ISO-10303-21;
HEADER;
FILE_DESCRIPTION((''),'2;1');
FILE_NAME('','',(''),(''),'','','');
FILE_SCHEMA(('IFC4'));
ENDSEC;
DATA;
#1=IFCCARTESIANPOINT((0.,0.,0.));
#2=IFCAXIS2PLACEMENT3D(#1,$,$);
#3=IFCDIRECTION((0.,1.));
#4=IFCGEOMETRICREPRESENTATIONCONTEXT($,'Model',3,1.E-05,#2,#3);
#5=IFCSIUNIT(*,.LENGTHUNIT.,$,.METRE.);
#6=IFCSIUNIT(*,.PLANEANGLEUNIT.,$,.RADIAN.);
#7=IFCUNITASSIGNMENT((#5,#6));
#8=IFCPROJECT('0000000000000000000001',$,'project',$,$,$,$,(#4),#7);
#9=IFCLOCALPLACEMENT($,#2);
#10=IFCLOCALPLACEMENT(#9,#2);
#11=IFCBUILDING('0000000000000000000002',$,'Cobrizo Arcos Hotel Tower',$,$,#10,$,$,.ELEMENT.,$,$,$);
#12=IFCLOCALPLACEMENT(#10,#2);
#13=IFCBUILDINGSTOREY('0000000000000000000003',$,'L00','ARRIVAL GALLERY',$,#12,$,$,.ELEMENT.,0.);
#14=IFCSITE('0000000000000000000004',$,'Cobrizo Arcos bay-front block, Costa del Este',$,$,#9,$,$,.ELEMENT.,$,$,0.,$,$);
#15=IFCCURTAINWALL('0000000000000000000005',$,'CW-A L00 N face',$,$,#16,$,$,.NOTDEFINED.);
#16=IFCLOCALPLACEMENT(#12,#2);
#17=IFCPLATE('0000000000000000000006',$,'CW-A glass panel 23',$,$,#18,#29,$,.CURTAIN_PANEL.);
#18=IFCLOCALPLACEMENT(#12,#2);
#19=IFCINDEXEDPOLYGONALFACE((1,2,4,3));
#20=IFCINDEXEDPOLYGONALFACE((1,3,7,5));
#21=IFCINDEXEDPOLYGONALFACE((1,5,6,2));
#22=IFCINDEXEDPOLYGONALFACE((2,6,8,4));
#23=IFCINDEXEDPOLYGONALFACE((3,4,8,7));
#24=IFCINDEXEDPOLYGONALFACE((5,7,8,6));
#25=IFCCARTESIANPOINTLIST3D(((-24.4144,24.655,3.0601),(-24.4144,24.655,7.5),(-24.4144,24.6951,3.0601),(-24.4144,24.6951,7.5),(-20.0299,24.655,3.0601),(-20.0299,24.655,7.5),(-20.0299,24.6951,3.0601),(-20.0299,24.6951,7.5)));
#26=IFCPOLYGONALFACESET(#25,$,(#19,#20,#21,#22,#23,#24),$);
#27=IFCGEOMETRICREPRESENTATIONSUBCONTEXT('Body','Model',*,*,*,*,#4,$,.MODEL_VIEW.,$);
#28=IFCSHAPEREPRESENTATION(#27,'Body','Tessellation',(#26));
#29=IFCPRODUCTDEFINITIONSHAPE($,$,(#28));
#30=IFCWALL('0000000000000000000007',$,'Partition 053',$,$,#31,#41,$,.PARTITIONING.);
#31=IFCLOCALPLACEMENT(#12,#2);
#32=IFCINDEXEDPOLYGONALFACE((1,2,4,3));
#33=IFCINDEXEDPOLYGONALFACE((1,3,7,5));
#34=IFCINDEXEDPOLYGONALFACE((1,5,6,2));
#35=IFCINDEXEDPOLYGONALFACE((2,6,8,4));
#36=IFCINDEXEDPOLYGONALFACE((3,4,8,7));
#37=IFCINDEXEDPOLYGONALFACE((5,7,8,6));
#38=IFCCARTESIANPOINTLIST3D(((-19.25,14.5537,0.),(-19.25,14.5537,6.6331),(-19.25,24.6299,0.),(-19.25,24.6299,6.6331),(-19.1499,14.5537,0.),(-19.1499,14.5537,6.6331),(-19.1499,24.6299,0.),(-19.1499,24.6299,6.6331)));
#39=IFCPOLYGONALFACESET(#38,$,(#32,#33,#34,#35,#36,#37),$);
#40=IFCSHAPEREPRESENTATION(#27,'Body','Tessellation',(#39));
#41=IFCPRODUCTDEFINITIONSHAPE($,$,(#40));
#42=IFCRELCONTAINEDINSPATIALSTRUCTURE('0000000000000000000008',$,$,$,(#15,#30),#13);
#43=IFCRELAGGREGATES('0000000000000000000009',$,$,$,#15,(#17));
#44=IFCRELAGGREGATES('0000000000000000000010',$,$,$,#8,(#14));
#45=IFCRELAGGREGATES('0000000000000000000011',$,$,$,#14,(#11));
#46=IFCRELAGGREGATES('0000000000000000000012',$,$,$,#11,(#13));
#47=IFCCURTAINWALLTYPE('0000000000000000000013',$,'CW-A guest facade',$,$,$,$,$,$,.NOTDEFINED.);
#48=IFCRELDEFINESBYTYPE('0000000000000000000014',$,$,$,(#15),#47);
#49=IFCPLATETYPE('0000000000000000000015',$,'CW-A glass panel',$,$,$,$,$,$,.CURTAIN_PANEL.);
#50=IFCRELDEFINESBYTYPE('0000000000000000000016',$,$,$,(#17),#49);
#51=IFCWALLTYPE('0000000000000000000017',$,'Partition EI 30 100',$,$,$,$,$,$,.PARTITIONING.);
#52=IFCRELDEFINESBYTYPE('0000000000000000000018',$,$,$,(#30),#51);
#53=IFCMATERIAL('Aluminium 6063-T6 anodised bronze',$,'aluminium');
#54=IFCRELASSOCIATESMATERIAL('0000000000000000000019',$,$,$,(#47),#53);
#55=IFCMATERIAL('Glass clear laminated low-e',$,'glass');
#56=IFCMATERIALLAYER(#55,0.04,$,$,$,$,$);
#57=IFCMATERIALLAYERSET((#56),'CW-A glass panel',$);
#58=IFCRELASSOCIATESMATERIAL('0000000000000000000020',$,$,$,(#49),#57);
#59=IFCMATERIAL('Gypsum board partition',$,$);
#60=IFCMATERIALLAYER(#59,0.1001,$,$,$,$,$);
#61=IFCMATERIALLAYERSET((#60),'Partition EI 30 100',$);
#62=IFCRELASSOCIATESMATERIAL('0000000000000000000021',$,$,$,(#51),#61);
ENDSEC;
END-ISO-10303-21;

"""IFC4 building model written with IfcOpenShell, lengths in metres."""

from ifc_helpers import new_model, si_unit, direction, frame, frame_2d, origin, origin_2d, place, context, subcontext, project, spatial, rectangle, extrude, material, layer, layer_set, type_object, element, aggregate, save


model = new_model("IFC4")

# Units and contexts
model_context = context("Model", 3, precision=1e-05, world=origin(), true_north=direction((0.0, 1.0)))
body_context = subcontext(model_context, "Body", "Model", "MODEL_VIEW")
ifc_project = project(units=[si_unit("LENGTHUNIT", "METRE"), si_unit("PLANEANGLEUNIT", "RADIAN")], contexts=[model_context])

# Site, building, storey
site_placement = place(None, origin())
site = spatial("IfcSite", under=ifc_project, at=site_placement, Name="Cobrizo Arcos bay-front block, Costa del Este", CompositionType="ELEMENT", RefElevation=0.0)
building_placement = place(site_placement, origin())
building = spatial("IfcBuilding", under=site, at=building_placement, Name="Cobrizo Arcos Hotel Tower", CompositionType="ELEMENT")
storey_placement = place(building_placement, origin())
storey = spatial("IfcBuildingStorey", under=building, at=storey_placement, Name="L00", Description="ARRIVAL GALLERY", CompositionType="ELEMENT", Elevation=0.0)

# Curtain wall
ifc_material_1 = material(Name="Aluminium 6063-T6 anodised bronze", Category="aluminium")
curtain_wall_type = type_object("IfcCurtainWallType", Name="CW-A guest facade", PredefinedType="NOTDEFINED", material=ifc_material_1)
curtain_wall_placement = place(storey_placement, origin())
curtain_wall = element("IfcCurtainWall", 1, at=curtain_wall_placement, inside=storey, type_object=curtain_wall_type, Name="CW-A L00 N face", PredefinedType="NOTDEFINED")

# Plate
ifc_material_2 = material(Name="Glass clear laminated low-e", Category="glass")
ifc_layer_1 = layer(ifc_material_2, 0.04)
ifc_layer_set_1 = layer_set([ifc_layer_1], Name="CW-A glass panel")
plate_type = type_object("IfcPlateType", Name="CW-A glass panel", PredefinedType="CURTAIN_PANEL", material=ifc_layer_set_1)
plate_1_placement = place(storey_placement, frame((-22.2222, 24.675, 3.0601), z_axis=(0.0, 0.0, 1.0), x_axis=(-1.0, 0.0, 0.0)))
plate_1 = element("IfcPlate", 2, at=plate_1_placement, type_object=plate_type, Name="CW-A glass panel 23", PredefinedType="CURTAIN_PANEL", context=body_context, shape_type="SweptSolid", body=[
    extrude(rectangle(XDim=4.3845, YDim=0.04, at=origin_2d()), origin(), (0.0, 0.0, 1.0), 4.4399),
])
aggregate(curtain_wall, [plate_1])

# Wall
ifc_material_3 = material(Name="Gypsum board partition")
ifc_layer_2 = layer(ifc_material_3, 0.1001)
ifc_layer_set_2 = layer_set([ifc_layer_2], Name="Partition EI 30 100")
wall_type = type_object("IfcWallType", Name="Partition EI 30 100", PredefinedType="PARTITIONING", material=ifc_layer_set_2)
wall_placement = place(storey_placement, frame((-19.2, 14.5537, 0.0), z_axis=(0.0, 0.0, 1.0), x_axis=(0.0, 1.0, 0.0)))
element("IfcWall", 3, at=wall_placement, inside=storey, type_object=wall_type, Name="Partition 053", PredefinedType="PARTITIONING", context=body_context, shape_type="SweptSolid", body=[
    extrude(rectangle(XDim=10.0762, YDim=0.1001, at=frame_2d((5.0381, 0.0))), origin(), (0.0, 0.0, 1.0), 6.6331),
])

save(model, "model.ifc")
